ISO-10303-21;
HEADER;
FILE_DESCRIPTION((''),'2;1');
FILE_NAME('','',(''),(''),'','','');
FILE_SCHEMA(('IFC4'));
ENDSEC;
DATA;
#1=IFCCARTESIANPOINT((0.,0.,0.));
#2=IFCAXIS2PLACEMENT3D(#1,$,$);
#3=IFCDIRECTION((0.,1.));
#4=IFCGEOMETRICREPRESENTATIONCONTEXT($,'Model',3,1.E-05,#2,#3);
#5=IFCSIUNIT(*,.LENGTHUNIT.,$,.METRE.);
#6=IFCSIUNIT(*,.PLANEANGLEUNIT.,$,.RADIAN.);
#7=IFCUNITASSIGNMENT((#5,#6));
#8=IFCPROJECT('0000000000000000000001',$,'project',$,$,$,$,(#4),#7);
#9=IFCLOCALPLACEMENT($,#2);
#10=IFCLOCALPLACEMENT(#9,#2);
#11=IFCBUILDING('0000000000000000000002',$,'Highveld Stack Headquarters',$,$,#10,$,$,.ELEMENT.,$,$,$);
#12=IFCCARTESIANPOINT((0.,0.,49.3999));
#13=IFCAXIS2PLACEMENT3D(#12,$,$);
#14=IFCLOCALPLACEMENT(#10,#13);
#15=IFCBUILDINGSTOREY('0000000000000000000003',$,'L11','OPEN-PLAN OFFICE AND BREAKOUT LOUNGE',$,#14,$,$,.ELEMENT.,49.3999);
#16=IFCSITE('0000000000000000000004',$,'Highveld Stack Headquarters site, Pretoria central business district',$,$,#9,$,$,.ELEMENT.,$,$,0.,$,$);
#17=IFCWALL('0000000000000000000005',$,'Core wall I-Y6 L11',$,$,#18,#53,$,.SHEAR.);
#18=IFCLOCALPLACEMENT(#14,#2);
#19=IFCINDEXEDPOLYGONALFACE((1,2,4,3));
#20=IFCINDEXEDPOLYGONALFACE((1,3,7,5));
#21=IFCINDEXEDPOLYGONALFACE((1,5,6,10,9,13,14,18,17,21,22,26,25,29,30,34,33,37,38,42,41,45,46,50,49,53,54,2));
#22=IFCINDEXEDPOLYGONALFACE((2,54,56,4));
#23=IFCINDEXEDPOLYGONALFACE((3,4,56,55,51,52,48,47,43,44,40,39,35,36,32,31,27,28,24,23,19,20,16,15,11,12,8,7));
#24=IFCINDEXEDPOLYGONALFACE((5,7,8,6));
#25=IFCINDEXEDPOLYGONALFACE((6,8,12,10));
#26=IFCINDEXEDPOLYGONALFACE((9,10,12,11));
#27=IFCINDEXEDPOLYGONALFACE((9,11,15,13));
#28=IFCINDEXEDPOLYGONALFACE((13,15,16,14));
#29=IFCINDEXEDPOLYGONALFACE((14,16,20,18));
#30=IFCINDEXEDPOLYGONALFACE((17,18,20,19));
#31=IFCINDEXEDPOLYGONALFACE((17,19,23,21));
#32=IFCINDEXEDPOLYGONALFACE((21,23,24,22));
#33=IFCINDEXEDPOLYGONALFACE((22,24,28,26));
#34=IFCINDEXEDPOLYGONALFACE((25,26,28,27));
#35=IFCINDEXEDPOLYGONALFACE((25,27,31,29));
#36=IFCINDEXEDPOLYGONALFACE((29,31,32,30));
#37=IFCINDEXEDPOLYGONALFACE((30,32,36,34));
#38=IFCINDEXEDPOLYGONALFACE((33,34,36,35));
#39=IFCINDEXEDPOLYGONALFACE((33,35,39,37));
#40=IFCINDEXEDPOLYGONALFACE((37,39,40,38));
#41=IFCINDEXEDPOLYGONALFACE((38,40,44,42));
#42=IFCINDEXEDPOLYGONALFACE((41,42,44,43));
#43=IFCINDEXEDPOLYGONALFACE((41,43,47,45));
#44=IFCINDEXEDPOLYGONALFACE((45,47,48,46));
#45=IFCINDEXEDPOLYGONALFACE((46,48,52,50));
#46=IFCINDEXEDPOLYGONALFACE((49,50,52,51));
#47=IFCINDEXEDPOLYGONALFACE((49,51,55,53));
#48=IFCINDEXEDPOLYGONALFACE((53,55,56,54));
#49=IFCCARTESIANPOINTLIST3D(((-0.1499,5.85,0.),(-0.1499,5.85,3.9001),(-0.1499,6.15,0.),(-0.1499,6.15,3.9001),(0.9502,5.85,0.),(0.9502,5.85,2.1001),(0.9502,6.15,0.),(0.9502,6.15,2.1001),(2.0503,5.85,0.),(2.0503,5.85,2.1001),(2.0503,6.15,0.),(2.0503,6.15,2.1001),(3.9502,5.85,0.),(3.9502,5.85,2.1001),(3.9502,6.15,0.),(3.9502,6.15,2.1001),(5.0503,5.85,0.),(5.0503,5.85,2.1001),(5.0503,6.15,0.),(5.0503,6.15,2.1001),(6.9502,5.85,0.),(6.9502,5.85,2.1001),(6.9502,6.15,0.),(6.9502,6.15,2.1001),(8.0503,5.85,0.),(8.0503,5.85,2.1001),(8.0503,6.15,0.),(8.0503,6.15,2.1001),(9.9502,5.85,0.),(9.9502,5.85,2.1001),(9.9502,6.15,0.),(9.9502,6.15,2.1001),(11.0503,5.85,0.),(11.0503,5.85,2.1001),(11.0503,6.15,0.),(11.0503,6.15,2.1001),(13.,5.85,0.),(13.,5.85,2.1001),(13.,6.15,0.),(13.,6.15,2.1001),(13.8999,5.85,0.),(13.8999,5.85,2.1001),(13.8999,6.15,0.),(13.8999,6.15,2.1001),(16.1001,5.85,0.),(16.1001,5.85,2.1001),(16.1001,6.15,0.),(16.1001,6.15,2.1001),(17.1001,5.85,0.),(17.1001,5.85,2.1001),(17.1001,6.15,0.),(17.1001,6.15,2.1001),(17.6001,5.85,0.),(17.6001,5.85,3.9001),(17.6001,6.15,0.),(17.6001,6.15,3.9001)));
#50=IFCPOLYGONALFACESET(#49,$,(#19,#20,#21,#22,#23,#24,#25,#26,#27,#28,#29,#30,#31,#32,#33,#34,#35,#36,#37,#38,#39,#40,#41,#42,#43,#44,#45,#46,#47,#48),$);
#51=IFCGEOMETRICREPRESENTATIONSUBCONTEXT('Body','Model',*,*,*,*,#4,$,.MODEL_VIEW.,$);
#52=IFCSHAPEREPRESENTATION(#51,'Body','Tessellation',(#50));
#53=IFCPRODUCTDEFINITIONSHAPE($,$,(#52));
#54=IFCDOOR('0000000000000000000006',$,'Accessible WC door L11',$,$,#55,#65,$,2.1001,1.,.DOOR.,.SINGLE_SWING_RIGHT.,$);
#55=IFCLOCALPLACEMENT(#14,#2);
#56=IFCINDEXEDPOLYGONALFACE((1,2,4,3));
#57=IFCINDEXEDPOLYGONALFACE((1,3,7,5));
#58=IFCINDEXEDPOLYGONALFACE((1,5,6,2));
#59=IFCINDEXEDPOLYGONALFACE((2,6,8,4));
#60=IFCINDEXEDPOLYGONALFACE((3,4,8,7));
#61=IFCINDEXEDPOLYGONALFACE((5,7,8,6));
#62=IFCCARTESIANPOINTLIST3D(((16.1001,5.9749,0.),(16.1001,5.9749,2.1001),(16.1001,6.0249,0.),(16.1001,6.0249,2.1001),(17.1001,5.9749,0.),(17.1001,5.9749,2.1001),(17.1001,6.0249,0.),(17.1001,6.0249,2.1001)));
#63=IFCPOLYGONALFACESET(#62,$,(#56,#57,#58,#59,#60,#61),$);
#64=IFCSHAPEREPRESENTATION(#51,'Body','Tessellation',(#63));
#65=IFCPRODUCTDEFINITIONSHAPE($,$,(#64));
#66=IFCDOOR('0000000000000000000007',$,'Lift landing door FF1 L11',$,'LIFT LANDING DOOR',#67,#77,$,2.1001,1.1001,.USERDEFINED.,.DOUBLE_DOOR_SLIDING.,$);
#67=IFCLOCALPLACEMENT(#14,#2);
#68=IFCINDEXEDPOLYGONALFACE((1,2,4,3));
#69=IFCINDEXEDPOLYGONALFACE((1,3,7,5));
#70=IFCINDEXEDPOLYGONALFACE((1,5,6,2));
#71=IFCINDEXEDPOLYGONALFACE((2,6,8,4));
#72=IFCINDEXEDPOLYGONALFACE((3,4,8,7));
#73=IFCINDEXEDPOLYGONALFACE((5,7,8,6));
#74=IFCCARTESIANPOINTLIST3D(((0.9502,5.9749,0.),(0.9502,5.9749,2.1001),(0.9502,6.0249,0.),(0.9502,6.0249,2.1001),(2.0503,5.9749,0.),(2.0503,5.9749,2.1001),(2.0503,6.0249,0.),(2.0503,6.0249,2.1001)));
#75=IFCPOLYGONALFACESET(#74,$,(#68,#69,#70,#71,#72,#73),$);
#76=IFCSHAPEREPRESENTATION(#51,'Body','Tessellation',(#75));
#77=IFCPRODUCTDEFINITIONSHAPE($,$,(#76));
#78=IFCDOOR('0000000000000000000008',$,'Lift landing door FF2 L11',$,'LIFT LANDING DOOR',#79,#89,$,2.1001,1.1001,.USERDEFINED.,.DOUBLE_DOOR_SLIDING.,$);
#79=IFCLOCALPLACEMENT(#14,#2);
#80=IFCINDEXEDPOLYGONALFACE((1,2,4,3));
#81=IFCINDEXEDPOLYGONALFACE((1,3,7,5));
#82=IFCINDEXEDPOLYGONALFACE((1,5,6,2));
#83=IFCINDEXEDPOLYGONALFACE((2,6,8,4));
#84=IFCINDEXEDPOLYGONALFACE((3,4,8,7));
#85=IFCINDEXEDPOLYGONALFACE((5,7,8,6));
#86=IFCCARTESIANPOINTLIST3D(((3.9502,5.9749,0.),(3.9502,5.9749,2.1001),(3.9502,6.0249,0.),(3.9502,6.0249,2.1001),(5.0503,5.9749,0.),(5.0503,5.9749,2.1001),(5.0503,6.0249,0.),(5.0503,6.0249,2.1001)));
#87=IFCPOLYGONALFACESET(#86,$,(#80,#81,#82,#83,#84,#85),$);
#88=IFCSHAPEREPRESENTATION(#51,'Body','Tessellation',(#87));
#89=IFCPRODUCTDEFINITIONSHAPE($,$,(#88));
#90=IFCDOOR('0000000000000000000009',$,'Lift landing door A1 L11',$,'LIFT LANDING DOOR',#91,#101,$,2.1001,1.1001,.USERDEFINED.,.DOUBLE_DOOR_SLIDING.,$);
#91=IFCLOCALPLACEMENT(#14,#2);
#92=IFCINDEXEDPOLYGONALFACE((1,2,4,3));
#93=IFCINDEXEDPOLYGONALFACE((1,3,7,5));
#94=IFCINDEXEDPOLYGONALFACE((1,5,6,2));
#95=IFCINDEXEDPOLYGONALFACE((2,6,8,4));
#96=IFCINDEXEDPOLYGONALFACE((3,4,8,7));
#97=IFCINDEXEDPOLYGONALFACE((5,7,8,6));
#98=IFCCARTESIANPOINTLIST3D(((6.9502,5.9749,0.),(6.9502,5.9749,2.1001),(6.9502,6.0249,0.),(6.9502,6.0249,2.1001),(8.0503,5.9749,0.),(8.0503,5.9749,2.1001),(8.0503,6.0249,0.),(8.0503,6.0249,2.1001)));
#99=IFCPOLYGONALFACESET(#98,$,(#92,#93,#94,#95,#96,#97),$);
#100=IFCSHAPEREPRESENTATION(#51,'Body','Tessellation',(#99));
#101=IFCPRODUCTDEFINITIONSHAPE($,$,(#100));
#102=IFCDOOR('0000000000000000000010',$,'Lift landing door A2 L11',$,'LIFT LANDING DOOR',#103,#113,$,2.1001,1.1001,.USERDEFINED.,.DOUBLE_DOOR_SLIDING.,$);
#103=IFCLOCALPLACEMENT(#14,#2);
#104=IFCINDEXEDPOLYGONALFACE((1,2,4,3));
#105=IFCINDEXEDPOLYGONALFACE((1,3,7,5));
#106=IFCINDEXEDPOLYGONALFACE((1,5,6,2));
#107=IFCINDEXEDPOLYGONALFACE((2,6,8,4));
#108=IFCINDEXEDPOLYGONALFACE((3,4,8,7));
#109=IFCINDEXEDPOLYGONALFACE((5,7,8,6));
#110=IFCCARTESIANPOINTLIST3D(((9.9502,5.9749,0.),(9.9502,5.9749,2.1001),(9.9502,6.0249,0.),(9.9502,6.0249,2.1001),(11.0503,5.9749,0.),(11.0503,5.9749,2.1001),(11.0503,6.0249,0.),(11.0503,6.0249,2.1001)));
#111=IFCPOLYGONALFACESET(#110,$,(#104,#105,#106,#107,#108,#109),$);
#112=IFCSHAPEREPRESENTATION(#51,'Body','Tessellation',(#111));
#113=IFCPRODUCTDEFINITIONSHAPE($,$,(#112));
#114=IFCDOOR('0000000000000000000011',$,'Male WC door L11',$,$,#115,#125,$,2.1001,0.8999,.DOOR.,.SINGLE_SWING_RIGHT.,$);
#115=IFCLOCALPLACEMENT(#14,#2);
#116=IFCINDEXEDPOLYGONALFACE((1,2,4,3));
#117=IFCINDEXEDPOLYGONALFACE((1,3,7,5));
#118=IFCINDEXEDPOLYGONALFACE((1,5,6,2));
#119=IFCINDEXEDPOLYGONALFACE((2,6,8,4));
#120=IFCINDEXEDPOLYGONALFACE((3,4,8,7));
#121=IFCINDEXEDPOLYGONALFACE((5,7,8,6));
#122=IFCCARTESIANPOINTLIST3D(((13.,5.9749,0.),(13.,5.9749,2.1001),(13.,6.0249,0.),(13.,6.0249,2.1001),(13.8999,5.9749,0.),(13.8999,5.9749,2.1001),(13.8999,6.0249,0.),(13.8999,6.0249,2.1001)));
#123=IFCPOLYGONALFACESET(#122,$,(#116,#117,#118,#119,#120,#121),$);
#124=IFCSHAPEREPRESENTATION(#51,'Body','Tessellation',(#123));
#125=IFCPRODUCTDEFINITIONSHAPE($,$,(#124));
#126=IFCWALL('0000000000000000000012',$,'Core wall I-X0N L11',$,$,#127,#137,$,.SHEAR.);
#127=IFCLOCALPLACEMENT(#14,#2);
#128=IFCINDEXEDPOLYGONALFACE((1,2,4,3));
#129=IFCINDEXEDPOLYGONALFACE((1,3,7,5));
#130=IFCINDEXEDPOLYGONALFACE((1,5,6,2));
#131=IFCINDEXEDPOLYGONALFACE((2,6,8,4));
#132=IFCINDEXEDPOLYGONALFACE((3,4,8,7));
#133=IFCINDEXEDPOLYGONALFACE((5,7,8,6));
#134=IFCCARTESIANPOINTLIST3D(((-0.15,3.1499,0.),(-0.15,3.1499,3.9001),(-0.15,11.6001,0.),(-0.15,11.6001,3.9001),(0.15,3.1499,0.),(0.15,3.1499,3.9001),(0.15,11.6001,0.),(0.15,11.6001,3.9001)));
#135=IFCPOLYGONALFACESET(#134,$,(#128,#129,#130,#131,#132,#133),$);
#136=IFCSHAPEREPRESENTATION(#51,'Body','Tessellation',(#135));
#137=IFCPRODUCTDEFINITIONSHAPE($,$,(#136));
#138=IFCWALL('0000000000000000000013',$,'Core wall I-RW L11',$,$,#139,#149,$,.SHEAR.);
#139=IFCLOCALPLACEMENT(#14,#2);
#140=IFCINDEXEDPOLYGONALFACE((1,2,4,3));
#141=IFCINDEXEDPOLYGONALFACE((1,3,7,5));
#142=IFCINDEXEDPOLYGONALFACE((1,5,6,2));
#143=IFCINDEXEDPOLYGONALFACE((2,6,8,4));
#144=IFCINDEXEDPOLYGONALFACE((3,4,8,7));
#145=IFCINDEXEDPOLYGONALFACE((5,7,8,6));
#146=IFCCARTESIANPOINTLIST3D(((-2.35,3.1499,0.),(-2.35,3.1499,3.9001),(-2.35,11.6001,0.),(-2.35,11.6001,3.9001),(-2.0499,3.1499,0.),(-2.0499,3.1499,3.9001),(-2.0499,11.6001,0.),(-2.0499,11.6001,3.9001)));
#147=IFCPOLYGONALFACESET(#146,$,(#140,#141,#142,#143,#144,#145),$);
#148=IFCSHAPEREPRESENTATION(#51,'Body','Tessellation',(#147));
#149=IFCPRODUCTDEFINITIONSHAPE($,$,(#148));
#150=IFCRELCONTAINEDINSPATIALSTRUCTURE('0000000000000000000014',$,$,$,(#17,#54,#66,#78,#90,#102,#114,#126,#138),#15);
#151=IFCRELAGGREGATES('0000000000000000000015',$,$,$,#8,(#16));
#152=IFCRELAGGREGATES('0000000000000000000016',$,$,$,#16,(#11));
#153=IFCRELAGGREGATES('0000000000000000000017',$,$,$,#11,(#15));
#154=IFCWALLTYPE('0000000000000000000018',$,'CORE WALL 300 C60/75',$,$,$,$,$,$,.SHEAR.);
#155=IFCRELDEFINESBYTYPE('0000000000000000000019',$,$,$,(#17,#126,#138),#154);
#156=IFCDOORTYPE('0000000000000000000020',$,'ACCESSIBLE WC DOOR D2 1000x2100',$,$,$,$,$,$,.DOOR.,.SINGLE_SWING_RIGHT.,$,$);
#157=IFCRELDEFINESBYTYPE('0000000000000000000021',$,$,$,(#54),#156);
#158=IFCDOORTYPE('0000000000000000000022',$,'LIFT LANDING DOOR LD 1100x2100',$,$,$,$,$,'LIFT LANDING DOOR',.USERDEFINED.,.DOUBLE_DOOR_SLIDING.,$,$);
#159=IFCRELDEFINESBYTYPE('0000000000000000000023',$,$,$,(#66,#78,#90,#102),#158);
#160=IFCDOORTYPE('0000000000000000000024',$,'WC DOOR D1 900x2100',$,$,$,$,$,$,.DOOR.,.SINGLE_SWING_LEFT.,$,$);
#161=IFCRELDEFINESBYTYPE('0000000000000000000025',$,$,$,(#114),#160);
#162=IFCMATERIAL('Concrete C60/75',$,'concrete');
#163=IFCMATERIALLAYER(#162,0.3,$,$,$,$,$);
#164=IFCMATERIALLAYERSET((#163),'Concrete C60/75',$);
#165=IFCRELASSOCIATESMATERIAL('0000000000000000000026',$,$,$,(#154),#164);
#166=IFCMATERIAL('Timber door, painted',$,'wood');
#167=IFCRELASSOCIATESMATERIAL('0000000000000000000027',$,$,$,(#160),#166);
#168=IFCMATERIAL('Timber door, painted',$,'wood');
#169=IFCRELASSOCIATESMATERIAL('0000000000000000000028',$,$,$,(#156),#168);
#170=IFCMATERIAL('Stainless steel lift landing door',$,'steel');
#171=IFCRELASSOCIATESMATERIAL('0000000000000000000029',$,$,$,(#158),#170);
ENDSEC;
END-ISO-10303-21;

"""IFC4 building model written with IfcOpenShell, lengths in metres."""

from ifc_helpers import new_model, si_unit, direction, frame, frame_2d, origin, place, context, subcontext, project, spatial, rectangle, extrude, material, layer, layer_set, type_object, element, fill, save


model = new_model("IFC4")

# Units and contexts
model_context = context("Model", 3, precision=1e-05, world=origin(), true_north=direction((0.0, 1.0)))
body_context = subcontext(model_context, "Body", "Model", "MODEL_VIEW")
ifc_project = project(units=[si_unit("LENGTHUNIT", "METRE"), si_unit("PLANEANGLEUNIT", "RADIAN")], contexts=[model_context])

# Site, building, storey
site_placement = place(None, origin())
site = spatial("IfcSite", under=ifc_project, at=site_placement, Name="Highveld Stack Headquarters site, Pretoria central business district", CompositionType="ELEMENT", RefElevation=0.0)
building_placement = place(site_placement, origin())
building = spatial("IfcBuilding", under=site, at=building_placement, Name="Highveld Stack Headquarters", CompositionType="ELEMENT")
storey_placement = place(building_placement, frame((0.0, 0.0, 49.3999)))
storey = spatial("IfcBuildingStorey", under=building, at=storey_placement, Name="L11", Description="OPEN-PLAN OFFICE AND BREAKOUT LOUNGE", CompositionType="ELEMENT", Elevation=49.3999)

# Shared definitions
ifc_material_1 = material(Name="Concrete C60/75", Category="concrete")
ifc_layer_1 = layer(ifc_material_1, 0.3)
ifc_layer_set_1 = layer_set([ifc_layer_1], Name="Concrete C60/75")
wall_type_1 = type_object("IfcWallType", Name="CORE WALL 300 C60/75", PredefinedType="SHEAR", material=ifc_layer_set_1)
ifc_material_2 = material(Name="Timber door, painted", Category="wood")
door_type_1 = type_object("IfcDoorType", Name="WC DOOR D1 900x2100", OperationType="SINGLE_SWING_LEFT", PredefinedType="DOOR", material=ifc_material_2)

# Wall, openings, doors
wall_1_placement = place(storey_placement, frame((-0.1499, 6.0, 0.0), z_axis=(0.0, 0.0, 1.0), x_axis=(1.0, 0.0, 0.0)))
wall_1 = element("IfcWall", 1, at=wall_1_placement, inside=storey, type_object=wall_type_1, Name="Core wall I-Y6 L11", PredefinedType="SHEAR", context=body_context, shape_type="SweptSolid", body=[
    extrude(rectangle(XDim=17.75, YDim=0.3, at=frame_2d((8.875, 0.0))), origin(), (0.0, 0.0, 1.0), 3.9001),
])
opening_1_placement = place(wall_1_placement, frame((13.1499, 0.0, 0.0)))
opening_1 = element("IfcOpeningElement", 2, at=opening_1_placement, cuts=wall_1, PredefinedType="OPENING", context=body_context, shape_type="SweptSolid", body=[
    extrude(rectangle(XDim=0.8999, YDim=2.1001, at=frame_2d((0.45, 1.05))), frame((0.0, 0.1599, 0.0), z_axis=(0.0, -1.0, 0.0), x_axis=(1.0, 0.0, 0.0)), (0.0, 0.0, 1.0), 0.3201),
])
opening_2_placement = place(wall_1_placement, frame((16.25, 0.0, 0.0)))
opening_2 = element("IfcOpeningElement", 3, at=opening_2_placement, cuts=wall_1, PredefinedType="OPENING", context=body_context, shape_type="SweptSolid", body=[
    extrude(rectangle(XDim=1.0, YDim=2.1001, at=frame_2d((0.5, 1.05))), frame((0.0, 0.1599, 0.0), z_axis=(0.0, -1.0, 0.0), x_axis=(1.0, 0.0, 0.0)), (0.0, 0.0, 1.0), 0.3201),
])
opening_3_placement = place(wall_1_placement, frame((1.1001, 0.0, 0.0)))
opening_3 = element("IfcOpeningElement", 4, at=opening_3_placement, cuts=wall_1, PredefinedType="OPENING", context=body_context, shape_type="SweptSolid", body=[
    extrude(rectangle(XDim=1.1001, YDim=2.1001, at=frame_2d((0.55, 1.05))), frame((0.0, 0.1599, 0.0), z_axis=(0.0, -1.0, 0.0), x_axis=(1.0, 0.0, 0.0)), (0.0, 0.0, 1.0), 0.3201),
])
opening_4_placement = place(wall_1_placement, frame((4.1001, 0.0, 0.0)))
opening_4 = element("IfcOpeningElement", 5, at=opening_4_placement, cuts=wall_1, PredefinedType="OPENING", context=body_context, shape_type="SweptSolid", body=[
    extrude(rectangle(XDim=1.1001, YDim=2.1001, at=frame_2d((0.55, 1.05))), frame((0.0, 0.1599, 0.0), z_axis=(0.0, -1.0, 0.0), x_axis=(1.0, 0.0, 0.0)), (0.0, 0.0, 1.0), 0.3201),
])
opening_5_placement = place(wall_1_placement, frame((7.1001, 0.0, 0.0)))
opening_5 = element("IfcOpeningElement", 6, at=opening_5_placement, cuts=wall_1, PredefinedType="OPENING", context=body_context, shape_type="SweptSolid", body=[
    extrude(rectangle(XDim=1.1001, YDim=2.1001, at=frame_2d((0.55, 1.05))), frame((0.0, 0.1599, 0.0), z_axis=(0.0, -1.0, 0.0), x_axis=(1.0, 0.0, 0.0)), (0.0, 0.0, 1.0), 0.3201),
])
opening_6_placement = place(wall_1_placement, frame((10.1001, 0.0, 0.0)))
opening_6 = element("IfcOpeningElement", 7, at=opening_6_placement, cuts=wall_1, PredefinedType="OPENING", context=body_context, shape_type="SweptSolid", body=[
    extrude(rectangle(XDim=1.1001, YDim=2.1001, at=frame_2d((0.55, 1.05))), frame((0.0, 0.1599, 0.0), z_axis=(0.0, -1.0, 0.0), x_axis=(1.0, 0.0, 0.0)), (0.0, 0.0, 1.0), 0.3201),
])
ifc_material_3 = material(Name="Timber door, painted", Category="wood")
door_type_2 = type_object("IfcDoorType", Name="ACCESSIBLE WC DOOR D2 1000x2100", OperationType="SINGLE_SWING_RIGHT", PredefinedType="DOOR", material=ifc_material_3)
door_1_placement = place(opening_2_placement, origin())
door_1 = element("IfcDoor", 8, at=door_1_placement, inside=storey, type_object=door_type_2, Name="Accessible WC door L11", OperationType="SINGLE_SWING_RIGHT", OverallHeight=2.1001, OverallWidth=1.0, PredefinedType="DOOR", context=body_context, shape_type="SweptSolid", body=[
    extrude(rectangle(XDim=1.0, YDim=2.1001, at=frame_2d((0.5, 1.05))), frame((0.0, 0.0249, 0.0), z_axis=(0.0, -1.0, 0.0), x_axis=(1.0, 0.0, 0.0)), (0.0, 0.0, 1.0), 0.05),
])
fill(opening_2, door_1)
ifc_material_4 = material(Name="Stainless steel lift landing door", Category="steel")
door_type_3 = type_object("IfcDoorType", Name="LIFT LANDING DOOR LD 1100x2100", ElementType="LIFT LANDING DOOR", OperationType="DOUBLE_DOOR_SLIDING", PredefinedType="USERDEFINED", material=ifc_material_4)
door_2_placement = place(opening_3_placement, origin())
door_2 = element("IfcDoor", 9, at=door_2_placement, inside=storey, type_object=door_type_3, Name="Lift landing door FF1 L11", ObjectType="LIFT LANDING DOOR", OperationType="DOUBLE_DOOR_SLIDING", OverallHeight=2.1001, OverallWidth=1.1001, PredefinedType="USERDEFINED", context=body_context, shape_type="SweptSolid", body=[
    extrude(rectangle(XDim=1.1001, YDim=2.1001, at=frame_2d((0.55, 1.05))), frame((0.0, 0.0249, 0.0), z_axis=(0.0, -1.0, 0.0), x_axis=(1.0, 0.0, 0.0)), (0.0, 0.0, 1.0), 0.05),
])
fill(opening_3, door_2)
door_3_placement = place(opening_4_placement, origin())
door_3 = element("IfcDoor", 10, at=door_3_placement, inside=storey, type_object=door_type_3, Name="Lift landing door FF2 L11", ObjectType="LIFT LANDING DOOR", OperationType="DOUBLE_DOOR_SLIDING", OverallHeight=2.1001, OverallWidth=1.1001, PredefinedType="USERDEFINED", context=body_context, shape_type="SweptSolid", body=[
    extrude(rectangle(XDim=1.1001, YDim=2.1001, at=frame_2d((0.55, 1.05))), frame((0.0, 0.0249, 0.0), z_axis=(0.0, -1.0, 0.0), x_axis=(1.0, 0.0, 0.0)), (0.0, 0.0, 1.0), 0.05),
])
fill(opening_4, door_3)
door_4_placement = place(opening_5_placement, origin())
door_4 = element("IfcDoor", 11, at=door_4_placement, inside=storey, type_object=door_type_3, Name="Lift landing door A1 L11", ObjectType="LIFT LANDING DOOR", OperationType="DOUBLE_DOOR_SLIDING", OverallHeight=2.1001, OverallWidth=1.1001, PredefinedType="USERDEFINED", context=body_context, shape_type="SweptSolid", body=[
    extrude(rectangle(XDim=1.1001, YDim=2.1001, at=frame_2d((0.55, 1.05))), frame((0.0, 0.0249, 0.0), z_axis=(0.0, -1.0, 0.0), x_axis=(1.0, 0.0, 0.0)), (0.0, 0.0, 1.0), 0.05),
])
fill(opening_5, door_4)
door_5_placement = place(opening_6_placement, origin())
door_5 = element("IfcDoor", 12, at=door_5_placement, inside=storey, type_object=door_type_3, Name="Lift landing door A2 L11", ObjectType="LIFT LANDING DOOR", OperationType="DOUBLE_DOOR_SLIDING", OverallHeight=2.1001, OverallWidth=1.1001, PredefinedType="USERDEFINED", context=body_context, shape_type="SweptSolid", body=[
    extrude(rectangle(XDim=1.1001, YDim=2.1001, at=frame_2d((0.55, 1.05))), frame((0.0, 0.0249, 0.0), z_axis=(0.0, -1.0, 0.0), x_axis=(1.0, 0.0, 0.0)), (0.0, 0.0, 1.0), 0.05),
])
fill(opening_6, door_5)
door_6_placement = place(opening_1_placement, origin())
door_6 = element("IfcDoor", 13, at=door_6_placement, inside=storey, type_object=door_type_1, Name="Male WC door L11", OperationType="SINGLE_SWING_RIGHT", OverallHeight=2.1001, OverallWidth=0.8999, PredefinedType="DOOR", context=body_context, shape_type="SweptSolid", body=[
    extrude(rectangle(XDim=0.8999, YDim=2.1001, at=frame_2d((0.45, 1.05))), frame((0.0, 0.0249, 0.0), z_axis=(0.0, -1.0, 0.0), x_axis=(1.0, 0.0, 0.0)), (0.0, 0.0, 1.0), 0.05),
])
fill(opening_1, door_6)

# Walls
for number, where, z_axis, x_axis, name in (
    (14, (0.0, 3.1499, 0.0), (0.0, 0.0, 1.0), (0.0, 1.0, 0.0), "Core wall I-X0N L11"),
    (15, (-2.2, 3.1499, 0.0), (0.0, 0.0, 1.0), (0.0, 1.0, 0.0), "Core wall I-RW L11"),
):
    element("IfcWall", number, at=place(storey_placement, frame(where, z_axis=z_axis, x_axis=x_axis)), inside=storey, type_object=wall_type_1, Name=name, PredefinedType="SHEAR", context=body_context, shape_type="SweptSolid", body=[
        extrude(rectangle(XDim=8.4502, YDim=0.3, at=frame_2d((4.2251, 0.0))), origin(), (0.0, 0.0, 1.0), 3.9001),
    ])

save(model, "model.ifc")
